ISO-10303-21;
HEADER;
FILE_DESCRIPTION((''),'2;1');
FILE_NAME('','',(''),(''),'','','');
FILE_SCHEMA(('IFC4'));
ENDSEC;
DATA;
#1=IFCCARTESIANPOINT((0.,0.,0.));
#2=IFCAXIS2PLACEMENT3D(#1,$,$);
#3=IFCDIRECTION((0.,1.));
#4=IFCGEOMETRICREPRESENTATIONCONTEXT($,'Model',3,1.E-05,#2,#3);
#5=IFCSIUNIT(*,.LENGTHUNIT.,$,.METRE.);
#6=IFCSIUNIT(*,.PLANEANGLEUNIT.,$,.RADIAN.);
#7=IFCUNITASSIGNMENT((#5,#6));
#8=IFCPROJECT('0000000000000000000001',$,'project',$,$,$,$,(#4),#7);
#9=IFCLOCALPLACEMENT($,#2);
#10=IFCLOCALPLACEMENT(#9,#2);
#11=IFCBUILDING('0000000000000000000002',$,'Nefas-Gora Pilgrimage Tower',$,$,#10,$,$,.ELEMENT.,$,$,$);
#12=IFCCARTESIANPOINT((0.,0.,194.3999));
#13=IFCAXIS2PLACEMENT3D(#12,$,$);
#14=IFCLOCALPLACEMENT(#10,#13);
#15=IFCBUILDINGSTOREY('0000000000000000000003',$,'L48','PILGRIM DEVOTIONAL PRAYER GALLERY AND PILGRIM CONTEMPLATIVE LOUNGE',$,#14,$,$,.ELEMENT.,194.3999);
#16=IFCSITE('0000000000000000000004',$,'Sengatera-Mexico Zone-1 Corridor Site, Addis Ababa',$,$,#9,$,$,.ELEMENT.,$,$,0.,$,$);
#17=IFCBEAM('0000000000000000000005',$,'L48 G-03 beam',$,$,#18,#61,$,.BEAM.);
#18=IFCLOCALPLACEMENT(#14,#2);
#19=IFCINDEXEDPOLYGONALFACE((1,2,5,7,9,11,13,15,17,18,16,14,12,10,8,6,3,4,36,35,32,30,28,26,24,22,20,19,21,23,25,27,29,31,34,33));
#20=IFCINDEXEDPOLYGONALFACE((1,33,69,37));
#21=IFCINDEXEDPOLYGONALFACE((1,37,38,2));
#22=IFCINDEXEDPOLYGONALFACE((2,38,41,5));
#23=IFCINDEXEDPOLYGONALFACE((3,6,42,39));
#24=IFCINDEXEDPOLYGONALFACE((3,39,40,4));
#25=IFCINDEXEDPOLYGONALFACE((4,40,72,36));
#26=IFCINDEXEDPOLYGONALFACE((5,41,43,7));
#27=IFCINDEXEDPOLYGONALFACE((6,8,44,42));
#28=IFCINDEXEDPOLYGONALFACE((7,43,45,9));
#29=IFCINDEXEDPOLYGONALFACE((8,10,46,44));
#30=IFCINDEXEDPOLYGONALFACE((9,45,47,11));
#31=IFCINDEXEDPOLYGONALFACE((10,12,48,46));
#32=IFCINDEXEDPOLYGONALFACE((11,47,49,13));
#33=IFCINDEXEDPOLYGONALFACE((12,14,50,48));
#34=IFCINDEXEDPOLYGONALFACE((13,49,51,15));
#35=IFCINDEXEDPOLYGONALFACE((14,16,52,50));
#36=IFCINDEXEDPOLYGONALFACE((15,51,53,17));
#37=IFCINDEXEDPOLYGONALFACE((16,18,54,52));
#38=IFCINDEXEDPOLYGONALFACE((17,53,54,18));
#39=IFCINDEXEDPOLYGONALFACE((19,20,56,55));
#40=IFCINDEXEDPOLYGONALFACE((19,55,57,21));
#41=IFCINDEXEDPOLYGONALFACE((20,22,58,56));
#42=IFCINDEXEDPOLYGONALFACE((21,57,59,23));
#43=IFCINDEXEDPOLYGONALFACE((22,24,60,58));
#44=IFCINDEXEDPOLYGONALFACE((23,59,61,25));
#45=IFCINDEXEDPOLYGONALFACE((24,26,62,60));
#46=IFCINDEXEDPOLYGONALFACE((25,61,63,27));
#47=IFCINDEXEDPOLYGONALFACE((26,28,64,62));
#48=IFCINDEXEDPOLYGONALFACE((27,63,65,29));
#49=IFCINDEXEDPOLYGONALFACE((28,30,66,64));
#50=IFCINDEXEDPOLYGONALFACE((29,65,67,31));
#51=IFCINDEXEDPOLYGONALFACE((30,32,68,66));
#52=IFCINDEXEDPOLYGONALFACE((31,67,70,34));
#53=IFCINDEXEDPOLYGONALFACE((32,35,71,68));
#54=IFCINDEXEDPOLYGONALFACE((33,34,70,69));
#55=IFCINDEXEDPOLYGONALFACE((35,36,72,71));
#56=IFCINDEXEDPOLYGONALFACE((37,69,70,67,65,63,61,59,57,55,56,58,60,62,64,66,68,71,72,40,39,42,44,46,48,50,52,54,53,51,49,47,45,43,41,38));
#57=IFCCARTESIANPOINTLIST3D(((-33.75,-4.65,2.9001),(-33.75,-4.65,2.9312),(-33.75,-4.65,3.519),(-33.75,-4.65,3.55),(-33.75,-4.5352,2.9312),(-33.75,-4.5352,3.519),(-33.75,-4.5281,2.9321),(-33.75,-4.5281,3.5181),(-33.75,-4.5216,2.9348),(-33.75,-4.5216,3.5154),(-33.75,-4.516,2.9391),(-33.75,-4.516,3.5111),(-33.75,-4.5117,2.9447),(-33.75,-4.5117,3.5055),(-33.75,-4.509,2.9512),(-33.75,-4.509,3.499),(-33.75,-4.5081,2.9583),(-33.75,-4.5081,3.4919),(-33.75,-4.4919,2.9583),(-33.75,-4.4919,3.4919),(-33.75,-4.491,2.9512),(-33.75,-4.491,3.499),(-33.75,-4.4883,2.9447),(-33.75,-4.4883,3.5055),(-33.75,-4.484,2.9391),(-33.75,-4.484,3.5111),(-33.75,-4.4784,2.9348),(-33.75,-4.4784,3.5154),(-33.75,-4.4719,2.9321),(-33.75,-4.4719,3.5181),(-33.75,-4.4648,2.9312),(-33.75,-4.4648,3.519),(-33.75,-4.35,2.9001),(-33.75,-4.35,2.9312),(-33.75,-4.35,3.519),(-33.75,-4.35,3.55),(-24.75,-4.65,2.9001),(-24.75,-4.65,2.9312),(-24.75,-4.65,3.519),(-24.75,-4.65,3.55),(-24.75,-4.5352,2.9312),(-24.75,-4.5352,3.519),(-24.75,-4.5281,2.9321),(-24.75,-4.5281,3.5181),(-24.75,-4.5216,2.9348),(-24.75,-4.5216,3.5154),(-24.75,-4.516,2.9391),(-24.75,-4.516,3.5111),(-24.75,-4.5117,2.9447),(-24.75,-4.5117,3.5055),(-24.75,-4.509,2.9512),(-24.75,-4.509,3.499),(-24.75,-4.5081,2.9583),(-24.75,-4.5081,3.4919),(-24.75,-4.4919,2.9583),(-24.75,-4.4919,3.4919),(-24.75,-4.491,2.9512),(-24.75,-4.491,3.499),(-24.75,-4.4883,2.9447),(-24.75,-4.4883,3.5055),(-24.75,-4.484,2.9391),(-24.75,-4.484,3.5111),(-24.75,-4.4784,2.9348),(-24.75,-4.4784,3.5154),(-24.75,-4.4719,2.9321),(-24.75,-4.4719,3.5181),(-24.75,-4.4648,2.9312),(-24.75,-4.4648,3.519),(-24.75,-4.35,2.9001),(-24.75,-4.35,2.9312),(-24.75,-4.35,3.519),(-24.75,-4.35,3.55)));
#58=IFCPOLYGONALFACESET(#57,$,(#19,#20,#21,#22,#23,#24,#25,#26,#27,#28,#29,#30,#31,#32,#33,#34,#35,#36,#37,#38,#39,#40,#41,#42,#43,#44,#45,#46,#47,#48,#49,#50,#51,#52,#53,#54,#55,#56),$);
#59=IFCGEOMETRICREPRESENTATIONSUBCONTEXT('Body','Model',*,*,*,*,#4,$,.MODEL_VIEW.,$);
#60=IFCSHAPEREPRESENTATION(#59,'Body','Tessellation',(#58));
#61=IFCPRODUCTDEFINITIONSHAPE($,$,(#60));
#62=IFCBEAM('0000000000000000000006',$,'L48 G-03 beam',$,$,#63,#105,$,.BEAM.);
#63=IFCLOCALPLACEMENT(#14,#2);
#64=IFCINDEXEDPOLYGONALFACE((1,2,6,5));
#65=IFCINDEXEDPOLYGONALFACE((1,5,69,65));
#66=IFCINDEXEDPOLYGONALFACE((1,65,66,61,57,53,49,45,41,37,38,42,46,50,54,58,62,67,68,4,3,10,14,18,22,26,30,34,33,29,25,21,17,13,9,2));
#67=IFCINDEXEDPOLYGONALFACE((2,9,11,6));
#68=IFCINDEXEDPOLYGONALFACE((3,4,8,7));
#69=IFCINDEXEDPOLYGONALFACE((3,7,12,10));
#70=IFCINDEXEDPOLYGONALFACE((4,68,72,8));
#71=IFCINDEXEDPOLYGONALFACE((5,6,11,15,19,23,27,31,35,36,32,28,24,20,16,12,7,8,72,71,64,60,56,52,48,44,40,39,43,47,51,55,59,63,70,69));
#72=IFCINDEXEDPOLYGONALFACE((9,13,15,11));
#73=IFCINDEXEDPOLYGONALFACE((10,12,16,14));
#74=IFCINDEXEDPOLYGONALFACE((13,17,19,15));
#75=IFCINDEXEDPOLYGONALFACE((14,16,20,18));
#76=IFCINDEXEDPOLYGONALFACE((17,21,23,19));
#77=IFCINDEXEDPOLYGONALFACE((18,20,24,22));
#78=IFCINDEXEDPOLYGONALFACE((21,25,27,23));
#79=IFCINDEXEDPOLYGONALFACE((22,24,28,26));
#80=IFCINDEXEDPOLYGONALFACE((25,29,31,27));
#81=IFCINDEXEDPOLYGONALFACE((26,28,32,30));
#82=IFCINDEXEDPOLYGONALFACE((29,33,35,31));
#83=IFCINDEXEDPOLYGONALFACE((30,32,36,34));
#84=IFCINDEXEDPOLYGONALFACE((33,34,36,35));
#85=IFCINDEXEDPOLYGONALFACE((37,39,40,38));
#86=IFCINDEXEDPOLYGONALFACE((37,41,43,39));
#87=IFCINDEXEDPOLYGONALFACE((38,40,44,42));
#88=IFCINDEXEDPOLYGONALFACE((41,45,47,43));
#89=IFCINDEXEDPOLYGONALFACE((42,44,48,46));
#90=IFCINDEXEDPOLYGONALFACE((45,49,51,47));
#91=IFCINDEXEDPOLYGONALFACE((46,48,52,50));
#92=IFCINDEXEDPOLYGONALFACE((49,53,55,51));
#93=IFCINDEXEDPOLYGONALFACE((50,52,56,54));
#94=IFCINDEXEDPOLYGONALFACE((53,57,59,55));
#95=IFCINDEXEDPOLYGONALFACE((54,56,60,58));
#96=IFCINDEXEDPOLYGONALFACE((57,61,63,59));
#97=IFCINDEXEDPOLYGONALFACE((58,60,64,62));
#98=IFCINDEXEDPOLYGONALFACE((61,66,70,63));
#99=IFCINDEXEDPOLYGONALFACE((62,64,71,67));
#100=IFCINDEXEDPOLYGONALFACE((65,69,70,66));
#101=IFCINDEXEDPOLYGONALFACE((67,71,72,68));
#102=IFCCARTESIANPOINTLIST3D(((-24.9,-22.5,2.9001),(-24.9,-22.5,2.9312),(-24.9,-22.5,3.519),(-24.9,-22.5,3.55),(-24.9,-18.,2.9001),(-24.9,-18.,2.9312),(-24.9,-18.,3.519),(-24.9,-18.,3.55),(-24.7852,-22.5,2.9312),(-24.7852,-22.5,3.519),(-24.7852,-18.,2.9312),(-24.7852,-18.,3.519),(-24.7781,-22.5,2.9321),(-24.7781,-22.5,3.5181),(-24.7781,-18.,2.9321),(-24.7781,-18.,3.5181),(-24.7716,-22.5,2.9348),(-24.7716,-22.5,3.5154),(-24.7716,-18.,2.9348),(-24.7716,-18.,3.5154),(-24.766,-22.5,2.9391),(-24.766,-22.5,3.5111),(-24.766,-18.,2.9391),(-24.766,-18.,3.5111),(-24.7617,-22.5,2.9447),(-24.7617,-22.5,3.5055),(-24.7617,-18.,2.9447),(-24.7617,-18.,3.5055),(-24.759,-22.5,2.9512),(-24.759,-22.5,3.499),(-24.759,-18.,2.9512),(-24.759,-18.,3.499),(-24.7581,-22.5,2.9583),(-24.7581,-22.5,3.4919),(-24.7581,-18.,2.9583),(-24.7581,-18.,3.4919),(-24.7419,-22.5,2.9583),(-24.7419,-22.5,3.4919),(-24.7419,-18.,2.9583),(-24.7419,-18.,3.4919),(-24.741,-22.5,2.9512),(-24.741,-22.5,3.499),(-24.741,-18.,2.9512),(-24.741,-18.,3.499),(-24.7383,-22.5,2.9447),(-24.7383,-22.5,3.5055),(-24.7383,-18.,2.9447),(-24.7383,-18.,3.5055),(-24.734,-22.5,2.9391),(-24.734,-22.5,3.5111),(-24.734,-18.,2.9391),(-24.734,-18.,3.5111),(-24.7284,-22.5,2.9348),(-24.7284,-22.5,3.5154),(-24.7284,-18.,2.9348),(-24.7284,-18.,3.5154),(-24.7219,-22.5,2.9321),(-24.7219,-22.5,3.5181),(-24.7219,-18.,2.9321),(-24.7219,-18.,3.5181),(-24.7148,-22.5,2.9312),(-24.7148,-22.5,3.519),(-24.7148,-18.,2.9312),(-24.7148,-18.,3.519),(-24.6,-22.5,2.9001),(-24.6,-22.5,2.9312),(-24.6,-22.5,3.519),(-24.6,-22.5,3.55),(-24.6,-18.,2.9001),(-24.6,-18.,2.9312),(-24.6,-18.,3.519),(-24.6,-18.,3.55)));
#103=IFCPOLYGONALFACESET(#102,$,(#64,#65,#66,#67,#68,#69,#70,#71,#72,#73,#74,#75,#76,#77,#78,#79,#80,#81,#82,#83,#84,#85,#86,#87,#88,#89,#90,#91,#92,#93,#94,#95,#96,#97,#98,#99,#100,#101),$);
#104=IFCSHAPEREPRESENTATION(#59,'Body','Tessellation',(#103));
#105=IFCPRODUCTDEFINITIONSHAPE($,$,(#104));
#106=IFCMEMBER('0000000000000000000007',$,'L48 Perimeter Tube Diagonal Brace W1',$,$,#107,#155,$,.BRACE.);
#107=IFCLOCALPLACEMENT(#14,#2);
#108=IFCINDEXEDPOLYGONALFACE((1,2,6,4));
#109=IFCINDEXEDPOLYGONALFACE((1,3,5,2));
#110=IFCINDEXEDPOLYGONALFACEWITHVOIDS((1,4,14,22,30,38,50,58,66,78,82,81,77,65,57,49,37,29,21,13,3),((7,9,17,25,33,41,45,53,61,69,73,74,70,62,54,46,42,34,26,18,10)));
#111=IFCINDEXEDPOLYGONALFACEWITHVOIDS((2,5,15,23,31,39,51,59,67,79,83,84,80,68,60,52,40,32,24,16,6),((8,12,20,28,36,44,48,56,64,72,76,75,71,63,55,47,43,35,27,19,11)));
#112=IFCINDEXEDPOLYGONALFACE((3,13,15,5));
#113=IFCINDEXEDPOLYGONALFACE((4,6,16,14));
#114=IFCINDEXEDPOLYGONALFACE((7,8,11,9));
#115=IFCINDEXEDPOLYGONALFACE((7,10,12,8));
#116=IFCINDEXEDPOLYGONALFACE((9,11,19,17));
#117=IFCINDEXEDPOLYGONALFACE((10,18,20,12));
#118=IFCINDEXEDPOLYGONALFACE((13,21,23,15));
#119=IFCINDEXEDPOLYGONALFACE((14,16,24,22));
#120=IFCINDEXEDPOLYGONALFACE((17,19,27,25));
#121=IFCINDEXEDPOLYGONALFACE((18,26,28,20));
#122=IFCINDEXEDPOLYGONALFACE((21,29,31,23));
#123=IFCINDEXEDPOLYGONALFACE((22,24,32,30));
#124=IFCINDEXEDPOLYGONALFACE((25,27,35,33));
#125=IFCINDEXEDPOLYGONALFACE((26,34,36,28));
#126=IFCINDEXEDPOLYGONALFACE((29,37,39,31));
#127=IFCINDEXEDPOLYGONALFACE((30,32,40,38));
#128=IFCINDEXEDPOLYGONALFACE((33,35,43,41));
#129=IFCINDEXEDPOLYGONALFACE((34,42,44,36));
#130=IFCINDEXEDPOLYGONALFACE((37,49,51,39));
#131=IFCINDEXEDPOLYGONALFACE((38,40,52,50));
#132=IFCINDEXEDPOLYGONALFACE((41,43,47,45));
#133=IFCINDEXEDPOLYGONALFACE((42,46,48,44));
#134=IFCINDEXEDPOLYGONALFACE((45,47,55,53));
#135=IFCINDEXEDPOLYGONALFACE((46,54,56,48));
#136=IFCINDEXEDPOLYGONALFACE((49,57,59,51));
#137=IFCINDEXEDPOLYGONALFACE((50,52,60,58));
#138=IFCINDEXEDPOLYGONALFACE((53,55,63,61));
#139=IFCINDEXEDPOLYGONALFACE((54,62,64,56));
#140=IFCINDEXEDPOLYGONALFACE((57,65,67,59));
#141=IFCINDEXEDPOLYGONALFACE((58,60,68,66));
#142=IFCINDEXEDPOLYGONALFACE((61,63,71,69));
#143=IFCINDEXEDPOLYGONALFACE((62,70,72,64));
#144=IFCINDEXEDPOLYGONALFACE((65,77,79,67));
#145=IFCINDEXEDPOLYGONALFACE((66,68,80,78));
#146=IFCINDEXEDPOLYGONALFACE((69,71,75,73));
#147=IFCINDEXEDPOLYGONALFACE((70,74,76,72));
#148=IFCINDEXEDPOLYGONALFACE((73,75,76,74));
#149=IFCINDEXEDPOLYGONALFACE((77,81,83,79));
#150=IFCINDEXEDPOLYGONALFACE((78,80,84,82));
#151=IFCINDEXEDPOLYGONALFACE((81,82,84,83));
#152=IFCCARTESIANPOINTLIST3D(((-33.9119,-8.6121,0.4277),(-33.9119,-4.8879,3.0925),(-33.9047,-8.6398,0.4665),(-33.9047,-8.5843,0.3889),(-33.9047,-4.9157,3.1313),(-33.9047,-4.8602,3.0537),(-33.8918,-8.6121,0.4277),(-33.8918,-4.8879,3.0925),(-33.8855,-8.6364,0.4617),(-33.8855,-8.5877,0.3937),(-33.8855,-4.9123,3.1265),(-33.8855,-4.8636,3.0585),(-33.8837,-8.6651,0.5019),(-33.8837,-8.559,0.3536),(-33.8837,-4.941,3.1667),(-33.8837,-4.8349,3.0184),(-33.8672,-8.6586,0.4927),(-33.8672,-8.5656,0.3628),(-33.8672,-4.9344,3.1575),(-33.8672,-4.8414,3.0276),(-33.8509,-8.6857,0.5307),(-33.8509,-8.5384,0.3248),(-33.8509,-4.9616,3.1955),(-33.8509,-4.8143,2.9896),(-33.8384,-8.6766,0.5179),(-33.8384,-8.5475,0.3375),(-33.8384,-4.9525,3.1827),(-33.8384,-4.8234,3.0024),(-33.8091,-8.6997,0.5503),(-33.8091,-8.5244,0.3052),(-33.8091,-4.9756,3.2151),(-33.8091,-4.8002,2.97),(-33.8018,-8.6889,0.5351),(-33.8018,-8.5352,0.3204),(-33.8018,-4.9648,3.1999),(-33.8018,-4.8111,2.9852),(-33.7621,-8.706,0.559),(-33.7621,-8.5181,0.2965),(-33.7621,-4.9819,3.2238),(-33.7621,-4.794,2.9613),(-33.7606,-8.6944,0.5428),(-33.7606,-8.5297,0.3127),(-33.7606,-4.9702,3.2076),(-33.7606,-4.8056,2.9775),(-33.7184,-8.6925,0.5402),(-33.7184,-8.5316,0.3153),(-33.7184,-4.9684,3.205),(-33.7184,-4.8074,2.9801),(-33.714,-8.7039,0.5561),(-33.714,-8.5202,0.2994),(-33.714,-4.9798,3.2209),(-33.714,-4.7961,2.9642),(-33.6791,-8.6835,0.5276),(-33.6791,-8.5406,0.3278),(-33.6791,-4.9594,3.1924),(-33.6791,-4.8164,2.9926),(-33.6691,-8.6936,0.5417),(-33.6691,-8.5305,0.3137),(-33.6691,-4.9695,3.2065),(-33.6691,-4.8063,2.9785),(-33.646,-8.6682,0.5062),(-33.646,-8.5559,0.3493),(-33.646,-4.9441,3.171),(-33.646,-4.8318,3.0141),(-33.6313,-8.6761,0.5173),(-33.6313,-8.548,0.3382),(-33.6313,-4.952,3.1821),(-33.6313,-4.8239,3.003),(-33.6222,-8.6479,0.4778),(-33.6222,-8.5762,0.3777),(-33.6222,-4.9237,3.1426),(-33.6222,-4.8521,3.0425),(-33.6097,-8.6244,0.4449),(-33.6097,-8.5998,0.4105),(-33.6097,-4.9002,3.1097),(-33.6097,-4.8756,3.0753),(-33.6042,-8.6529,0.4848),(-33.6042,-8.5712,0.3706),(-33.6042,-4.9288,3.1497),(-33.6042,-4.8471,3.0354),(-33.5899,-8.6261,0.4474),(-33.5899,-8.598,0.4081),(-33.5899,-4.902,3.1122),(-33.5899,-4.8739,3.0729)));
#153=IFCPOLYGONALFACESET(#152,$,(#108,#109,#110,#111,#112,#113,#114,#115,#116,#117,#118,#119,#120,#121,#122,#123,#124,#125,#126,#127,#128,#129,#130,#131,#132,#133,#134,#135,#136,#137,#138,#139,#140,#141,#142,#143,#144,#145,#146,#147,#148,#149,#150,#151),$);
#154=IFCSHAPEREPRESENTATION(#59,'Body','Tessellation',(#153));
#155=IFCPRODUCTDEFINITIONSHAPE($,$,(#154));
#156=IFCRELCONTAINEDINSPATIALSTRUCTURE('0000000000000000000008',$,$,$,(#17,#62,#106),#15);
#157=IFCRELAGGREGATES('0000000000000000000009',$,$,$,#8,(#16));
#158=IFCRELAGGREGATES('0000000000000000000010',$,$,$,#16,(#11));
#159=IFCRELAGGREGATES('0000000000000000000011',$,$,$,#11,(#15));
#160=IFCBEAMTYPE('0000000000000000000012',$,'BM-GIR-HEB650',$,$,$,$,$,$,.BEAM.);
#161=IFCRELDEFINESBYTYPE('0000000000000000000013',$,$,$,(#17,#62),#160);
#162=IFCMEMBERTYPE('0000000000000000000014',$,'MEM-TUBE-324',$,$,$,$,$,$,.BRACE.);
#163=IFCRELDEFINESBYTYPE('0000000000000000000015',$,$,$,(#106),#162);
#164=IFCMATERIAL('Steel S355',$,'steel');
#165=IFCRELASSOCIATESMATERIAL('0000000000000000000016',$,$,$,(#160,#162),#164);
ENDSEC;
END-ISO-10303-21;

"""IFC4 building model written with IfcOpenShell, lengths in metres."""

from ifc_helpers import new_model, si_unit, direction, frame, origin, origin_2d, place, context, subcontext, project, spatial, hollow_circle, i_section, extrude, source, transform, mapped, material, material_profile, profile_set, type_object, element, save


model = new_model("IFC4")

# Units and contexts
model_context = context("Model", 3, precision=1e-05, world=origin(), true_north=direction((0.0, 1.0)))
body_context = subcontext(model_context, "Body", "Model", "MODEL_VIEW")
ifc_project = project(units=[si_unit("LENGTHUNIT", "METRE"), si_unit("PLANEANGLEUNIT", "RADIAN")], contexts=[model_context])

# Site, building, storey
site_placement = place(None, origin())
site = spatial("IfcSite", under=ifc_project, at=site_placement, Name="Sengatera-Mexico Zone-1 Corridor Site, Addis Ababa", CompositionType="ELEMENT", RefElevation=0.0)
building_placement = place(site_placement, origin())
building = spatial("IfcBuilding", under=site, at=building_placement, Name="Nefas-Gora Pilgrimage Tower", CompositionType="ELEMENT")
storey_placement = place(building_placement, frame((0.0, 0.0, 194.3999)))
storey = spatial("IfcBuildingStorey", under=building, at=storey_placement, Name="L48", Description="PILGRIM DEVOTIONAL PRAYER GALLERY AND PILGRIM CONTEMPLATIVE LOUNGE", CompositionType="ELEMENT", Elevation=194.3999)

# Beams
ifc_material_1 = material(Name="Steel S355", Category="steel")
ifc_material_profile_1 = material_profile(ifc_material_1, i_section(OverallWidth=0.3, OverallDepth=0.6499, WebThickness=0.0161, FlangeThickness=0.031, FilletRadius=0.0271, at=origin_2d()), Name="HEB 650")
ifc_profile_set_1 = profile_set([ifc_material_profile_1], Name="Steel S355")
beam_type_1 = type_object("IfcBeamType", Name="BM-GIR-HEB650", PredefinedType="BEAM", material=ifc_profile_set_1)
shared_shape_1 = source(origin(), body_context, "Body", "SweptSolid", [
    extrude(i_section(OverallWidth=0.3, OverallDepth=0.6499, WebThickness=0.0161, FlangeThickness=0.031, FilletRadius=0.0271, at=origin_2d()), origin(), (0.0, 0.0, 1.0), 9.0),
])
for number, where, z_axis, x_axis, name in (
    (1, (-33.75, -4.5, 3.2251), (1.0, 0.0, 0.0), (0.0, 1.0, 0.0), "L48 G-03 beam"),
):
    element("IfcBeam", number, at=place(storey_placement, frame(where, z_axis=z_axis, x_axis=x_axis)), inside=storey, type_object=beam_type_1, Name=name, PredefinedType="BEAM", context=body_context, shape_type="MappedRepresentation", body=[
        mapped(shared_shape_1, transform((0.0, 0.0, 0.0), x_axis=(1.0, 0.0, 0.0), y_axis=(0.0, 1.0, 0.0), z_axis=(0.0, 0.0, 1.0), scale=1.0)),
    ])
shared_shape_2 = source(origin(), body_context, "Body", "SweptSolid", [
    extrude(i_section(OverallWidth=0.3, OverallDepth=0.6499, WebThickness=0.0161, FlangeThickness=0.031, FilletRadius=0.0271, at=origin_2d()), origin(), (0.0, 0.0, 1.0), 4.5),
])
beam_placement = place(storey_placement, frame((-24.75, -22.5, 3.2251), z_axis=(0.0, 1.0, 0.0), x_axis=(-1.0, 0.0, 0.0)))
element("IfcBeam", 2, at=beam_placement, inside=storey, type_object=beam_type_1, Name="L48 G-03 beam", PredefinedType="BEAM", context=body_context, shape_type="MappedRepresentation", body=[
    mapped(shared_shape_2, transform((0.0, 0.0, 0.0), x_axis=(1.0, 0.0, 0.0), y_axis=(0.0, 1.0, 0.0), z_axis=(0.0, 0.0, 1.0), scale=1.0)),
])

# Member
ifc_material_profile_2 = material_profile(ifc_material_1, hollow_circle(Radius=0.1619, WallThickness=0.02, at=origin_2d()), Name="CHS 323.9x20")
ifc_profile_set_2 = profile_set([ifc_material_profile_2], Name="Steel S355")
member_type_1 = type_object("IfcMemberType", Name="MEM-TUBE-324", PredefinedType="BRACE", material=ifc_profile_set_2)
shared_shape_3 = source(origin(), body_context, "Body", "SweptSolid", [
    extrude(hollow_circle(Radius=0.1619, WallThickness=0.02, at=origin_2d()), origin(), (0.0, 0.0, 1.0), 4.5793),
])
member_1_placement = place(storey_placement, frame((-33.75, -8.6121, 0.4277), z_axis=(0.0, 0.813247, 0.581919), x_axis=(-1.0, 0.0, 0.0)))
element("IfcMember", 3, at=member_1_placement, inside=storey, type_object=member_type_1, Name="L48 Perimeter Tube Diagonal Brace W1", PredefinedType="BRACE", context=body_context, shape_type="MappedRepresentation", body=[
    mapped(shared_shape_3, transform((0.0, 0.0, 0.0), x_axis=(1.0, 0.0, 0.0), y_axis=(0.0, 1.0, 0.0), z_axis=(0.0, 0.0, 1.0), scale=1.0)),
])

save(model, "model.ifc")
